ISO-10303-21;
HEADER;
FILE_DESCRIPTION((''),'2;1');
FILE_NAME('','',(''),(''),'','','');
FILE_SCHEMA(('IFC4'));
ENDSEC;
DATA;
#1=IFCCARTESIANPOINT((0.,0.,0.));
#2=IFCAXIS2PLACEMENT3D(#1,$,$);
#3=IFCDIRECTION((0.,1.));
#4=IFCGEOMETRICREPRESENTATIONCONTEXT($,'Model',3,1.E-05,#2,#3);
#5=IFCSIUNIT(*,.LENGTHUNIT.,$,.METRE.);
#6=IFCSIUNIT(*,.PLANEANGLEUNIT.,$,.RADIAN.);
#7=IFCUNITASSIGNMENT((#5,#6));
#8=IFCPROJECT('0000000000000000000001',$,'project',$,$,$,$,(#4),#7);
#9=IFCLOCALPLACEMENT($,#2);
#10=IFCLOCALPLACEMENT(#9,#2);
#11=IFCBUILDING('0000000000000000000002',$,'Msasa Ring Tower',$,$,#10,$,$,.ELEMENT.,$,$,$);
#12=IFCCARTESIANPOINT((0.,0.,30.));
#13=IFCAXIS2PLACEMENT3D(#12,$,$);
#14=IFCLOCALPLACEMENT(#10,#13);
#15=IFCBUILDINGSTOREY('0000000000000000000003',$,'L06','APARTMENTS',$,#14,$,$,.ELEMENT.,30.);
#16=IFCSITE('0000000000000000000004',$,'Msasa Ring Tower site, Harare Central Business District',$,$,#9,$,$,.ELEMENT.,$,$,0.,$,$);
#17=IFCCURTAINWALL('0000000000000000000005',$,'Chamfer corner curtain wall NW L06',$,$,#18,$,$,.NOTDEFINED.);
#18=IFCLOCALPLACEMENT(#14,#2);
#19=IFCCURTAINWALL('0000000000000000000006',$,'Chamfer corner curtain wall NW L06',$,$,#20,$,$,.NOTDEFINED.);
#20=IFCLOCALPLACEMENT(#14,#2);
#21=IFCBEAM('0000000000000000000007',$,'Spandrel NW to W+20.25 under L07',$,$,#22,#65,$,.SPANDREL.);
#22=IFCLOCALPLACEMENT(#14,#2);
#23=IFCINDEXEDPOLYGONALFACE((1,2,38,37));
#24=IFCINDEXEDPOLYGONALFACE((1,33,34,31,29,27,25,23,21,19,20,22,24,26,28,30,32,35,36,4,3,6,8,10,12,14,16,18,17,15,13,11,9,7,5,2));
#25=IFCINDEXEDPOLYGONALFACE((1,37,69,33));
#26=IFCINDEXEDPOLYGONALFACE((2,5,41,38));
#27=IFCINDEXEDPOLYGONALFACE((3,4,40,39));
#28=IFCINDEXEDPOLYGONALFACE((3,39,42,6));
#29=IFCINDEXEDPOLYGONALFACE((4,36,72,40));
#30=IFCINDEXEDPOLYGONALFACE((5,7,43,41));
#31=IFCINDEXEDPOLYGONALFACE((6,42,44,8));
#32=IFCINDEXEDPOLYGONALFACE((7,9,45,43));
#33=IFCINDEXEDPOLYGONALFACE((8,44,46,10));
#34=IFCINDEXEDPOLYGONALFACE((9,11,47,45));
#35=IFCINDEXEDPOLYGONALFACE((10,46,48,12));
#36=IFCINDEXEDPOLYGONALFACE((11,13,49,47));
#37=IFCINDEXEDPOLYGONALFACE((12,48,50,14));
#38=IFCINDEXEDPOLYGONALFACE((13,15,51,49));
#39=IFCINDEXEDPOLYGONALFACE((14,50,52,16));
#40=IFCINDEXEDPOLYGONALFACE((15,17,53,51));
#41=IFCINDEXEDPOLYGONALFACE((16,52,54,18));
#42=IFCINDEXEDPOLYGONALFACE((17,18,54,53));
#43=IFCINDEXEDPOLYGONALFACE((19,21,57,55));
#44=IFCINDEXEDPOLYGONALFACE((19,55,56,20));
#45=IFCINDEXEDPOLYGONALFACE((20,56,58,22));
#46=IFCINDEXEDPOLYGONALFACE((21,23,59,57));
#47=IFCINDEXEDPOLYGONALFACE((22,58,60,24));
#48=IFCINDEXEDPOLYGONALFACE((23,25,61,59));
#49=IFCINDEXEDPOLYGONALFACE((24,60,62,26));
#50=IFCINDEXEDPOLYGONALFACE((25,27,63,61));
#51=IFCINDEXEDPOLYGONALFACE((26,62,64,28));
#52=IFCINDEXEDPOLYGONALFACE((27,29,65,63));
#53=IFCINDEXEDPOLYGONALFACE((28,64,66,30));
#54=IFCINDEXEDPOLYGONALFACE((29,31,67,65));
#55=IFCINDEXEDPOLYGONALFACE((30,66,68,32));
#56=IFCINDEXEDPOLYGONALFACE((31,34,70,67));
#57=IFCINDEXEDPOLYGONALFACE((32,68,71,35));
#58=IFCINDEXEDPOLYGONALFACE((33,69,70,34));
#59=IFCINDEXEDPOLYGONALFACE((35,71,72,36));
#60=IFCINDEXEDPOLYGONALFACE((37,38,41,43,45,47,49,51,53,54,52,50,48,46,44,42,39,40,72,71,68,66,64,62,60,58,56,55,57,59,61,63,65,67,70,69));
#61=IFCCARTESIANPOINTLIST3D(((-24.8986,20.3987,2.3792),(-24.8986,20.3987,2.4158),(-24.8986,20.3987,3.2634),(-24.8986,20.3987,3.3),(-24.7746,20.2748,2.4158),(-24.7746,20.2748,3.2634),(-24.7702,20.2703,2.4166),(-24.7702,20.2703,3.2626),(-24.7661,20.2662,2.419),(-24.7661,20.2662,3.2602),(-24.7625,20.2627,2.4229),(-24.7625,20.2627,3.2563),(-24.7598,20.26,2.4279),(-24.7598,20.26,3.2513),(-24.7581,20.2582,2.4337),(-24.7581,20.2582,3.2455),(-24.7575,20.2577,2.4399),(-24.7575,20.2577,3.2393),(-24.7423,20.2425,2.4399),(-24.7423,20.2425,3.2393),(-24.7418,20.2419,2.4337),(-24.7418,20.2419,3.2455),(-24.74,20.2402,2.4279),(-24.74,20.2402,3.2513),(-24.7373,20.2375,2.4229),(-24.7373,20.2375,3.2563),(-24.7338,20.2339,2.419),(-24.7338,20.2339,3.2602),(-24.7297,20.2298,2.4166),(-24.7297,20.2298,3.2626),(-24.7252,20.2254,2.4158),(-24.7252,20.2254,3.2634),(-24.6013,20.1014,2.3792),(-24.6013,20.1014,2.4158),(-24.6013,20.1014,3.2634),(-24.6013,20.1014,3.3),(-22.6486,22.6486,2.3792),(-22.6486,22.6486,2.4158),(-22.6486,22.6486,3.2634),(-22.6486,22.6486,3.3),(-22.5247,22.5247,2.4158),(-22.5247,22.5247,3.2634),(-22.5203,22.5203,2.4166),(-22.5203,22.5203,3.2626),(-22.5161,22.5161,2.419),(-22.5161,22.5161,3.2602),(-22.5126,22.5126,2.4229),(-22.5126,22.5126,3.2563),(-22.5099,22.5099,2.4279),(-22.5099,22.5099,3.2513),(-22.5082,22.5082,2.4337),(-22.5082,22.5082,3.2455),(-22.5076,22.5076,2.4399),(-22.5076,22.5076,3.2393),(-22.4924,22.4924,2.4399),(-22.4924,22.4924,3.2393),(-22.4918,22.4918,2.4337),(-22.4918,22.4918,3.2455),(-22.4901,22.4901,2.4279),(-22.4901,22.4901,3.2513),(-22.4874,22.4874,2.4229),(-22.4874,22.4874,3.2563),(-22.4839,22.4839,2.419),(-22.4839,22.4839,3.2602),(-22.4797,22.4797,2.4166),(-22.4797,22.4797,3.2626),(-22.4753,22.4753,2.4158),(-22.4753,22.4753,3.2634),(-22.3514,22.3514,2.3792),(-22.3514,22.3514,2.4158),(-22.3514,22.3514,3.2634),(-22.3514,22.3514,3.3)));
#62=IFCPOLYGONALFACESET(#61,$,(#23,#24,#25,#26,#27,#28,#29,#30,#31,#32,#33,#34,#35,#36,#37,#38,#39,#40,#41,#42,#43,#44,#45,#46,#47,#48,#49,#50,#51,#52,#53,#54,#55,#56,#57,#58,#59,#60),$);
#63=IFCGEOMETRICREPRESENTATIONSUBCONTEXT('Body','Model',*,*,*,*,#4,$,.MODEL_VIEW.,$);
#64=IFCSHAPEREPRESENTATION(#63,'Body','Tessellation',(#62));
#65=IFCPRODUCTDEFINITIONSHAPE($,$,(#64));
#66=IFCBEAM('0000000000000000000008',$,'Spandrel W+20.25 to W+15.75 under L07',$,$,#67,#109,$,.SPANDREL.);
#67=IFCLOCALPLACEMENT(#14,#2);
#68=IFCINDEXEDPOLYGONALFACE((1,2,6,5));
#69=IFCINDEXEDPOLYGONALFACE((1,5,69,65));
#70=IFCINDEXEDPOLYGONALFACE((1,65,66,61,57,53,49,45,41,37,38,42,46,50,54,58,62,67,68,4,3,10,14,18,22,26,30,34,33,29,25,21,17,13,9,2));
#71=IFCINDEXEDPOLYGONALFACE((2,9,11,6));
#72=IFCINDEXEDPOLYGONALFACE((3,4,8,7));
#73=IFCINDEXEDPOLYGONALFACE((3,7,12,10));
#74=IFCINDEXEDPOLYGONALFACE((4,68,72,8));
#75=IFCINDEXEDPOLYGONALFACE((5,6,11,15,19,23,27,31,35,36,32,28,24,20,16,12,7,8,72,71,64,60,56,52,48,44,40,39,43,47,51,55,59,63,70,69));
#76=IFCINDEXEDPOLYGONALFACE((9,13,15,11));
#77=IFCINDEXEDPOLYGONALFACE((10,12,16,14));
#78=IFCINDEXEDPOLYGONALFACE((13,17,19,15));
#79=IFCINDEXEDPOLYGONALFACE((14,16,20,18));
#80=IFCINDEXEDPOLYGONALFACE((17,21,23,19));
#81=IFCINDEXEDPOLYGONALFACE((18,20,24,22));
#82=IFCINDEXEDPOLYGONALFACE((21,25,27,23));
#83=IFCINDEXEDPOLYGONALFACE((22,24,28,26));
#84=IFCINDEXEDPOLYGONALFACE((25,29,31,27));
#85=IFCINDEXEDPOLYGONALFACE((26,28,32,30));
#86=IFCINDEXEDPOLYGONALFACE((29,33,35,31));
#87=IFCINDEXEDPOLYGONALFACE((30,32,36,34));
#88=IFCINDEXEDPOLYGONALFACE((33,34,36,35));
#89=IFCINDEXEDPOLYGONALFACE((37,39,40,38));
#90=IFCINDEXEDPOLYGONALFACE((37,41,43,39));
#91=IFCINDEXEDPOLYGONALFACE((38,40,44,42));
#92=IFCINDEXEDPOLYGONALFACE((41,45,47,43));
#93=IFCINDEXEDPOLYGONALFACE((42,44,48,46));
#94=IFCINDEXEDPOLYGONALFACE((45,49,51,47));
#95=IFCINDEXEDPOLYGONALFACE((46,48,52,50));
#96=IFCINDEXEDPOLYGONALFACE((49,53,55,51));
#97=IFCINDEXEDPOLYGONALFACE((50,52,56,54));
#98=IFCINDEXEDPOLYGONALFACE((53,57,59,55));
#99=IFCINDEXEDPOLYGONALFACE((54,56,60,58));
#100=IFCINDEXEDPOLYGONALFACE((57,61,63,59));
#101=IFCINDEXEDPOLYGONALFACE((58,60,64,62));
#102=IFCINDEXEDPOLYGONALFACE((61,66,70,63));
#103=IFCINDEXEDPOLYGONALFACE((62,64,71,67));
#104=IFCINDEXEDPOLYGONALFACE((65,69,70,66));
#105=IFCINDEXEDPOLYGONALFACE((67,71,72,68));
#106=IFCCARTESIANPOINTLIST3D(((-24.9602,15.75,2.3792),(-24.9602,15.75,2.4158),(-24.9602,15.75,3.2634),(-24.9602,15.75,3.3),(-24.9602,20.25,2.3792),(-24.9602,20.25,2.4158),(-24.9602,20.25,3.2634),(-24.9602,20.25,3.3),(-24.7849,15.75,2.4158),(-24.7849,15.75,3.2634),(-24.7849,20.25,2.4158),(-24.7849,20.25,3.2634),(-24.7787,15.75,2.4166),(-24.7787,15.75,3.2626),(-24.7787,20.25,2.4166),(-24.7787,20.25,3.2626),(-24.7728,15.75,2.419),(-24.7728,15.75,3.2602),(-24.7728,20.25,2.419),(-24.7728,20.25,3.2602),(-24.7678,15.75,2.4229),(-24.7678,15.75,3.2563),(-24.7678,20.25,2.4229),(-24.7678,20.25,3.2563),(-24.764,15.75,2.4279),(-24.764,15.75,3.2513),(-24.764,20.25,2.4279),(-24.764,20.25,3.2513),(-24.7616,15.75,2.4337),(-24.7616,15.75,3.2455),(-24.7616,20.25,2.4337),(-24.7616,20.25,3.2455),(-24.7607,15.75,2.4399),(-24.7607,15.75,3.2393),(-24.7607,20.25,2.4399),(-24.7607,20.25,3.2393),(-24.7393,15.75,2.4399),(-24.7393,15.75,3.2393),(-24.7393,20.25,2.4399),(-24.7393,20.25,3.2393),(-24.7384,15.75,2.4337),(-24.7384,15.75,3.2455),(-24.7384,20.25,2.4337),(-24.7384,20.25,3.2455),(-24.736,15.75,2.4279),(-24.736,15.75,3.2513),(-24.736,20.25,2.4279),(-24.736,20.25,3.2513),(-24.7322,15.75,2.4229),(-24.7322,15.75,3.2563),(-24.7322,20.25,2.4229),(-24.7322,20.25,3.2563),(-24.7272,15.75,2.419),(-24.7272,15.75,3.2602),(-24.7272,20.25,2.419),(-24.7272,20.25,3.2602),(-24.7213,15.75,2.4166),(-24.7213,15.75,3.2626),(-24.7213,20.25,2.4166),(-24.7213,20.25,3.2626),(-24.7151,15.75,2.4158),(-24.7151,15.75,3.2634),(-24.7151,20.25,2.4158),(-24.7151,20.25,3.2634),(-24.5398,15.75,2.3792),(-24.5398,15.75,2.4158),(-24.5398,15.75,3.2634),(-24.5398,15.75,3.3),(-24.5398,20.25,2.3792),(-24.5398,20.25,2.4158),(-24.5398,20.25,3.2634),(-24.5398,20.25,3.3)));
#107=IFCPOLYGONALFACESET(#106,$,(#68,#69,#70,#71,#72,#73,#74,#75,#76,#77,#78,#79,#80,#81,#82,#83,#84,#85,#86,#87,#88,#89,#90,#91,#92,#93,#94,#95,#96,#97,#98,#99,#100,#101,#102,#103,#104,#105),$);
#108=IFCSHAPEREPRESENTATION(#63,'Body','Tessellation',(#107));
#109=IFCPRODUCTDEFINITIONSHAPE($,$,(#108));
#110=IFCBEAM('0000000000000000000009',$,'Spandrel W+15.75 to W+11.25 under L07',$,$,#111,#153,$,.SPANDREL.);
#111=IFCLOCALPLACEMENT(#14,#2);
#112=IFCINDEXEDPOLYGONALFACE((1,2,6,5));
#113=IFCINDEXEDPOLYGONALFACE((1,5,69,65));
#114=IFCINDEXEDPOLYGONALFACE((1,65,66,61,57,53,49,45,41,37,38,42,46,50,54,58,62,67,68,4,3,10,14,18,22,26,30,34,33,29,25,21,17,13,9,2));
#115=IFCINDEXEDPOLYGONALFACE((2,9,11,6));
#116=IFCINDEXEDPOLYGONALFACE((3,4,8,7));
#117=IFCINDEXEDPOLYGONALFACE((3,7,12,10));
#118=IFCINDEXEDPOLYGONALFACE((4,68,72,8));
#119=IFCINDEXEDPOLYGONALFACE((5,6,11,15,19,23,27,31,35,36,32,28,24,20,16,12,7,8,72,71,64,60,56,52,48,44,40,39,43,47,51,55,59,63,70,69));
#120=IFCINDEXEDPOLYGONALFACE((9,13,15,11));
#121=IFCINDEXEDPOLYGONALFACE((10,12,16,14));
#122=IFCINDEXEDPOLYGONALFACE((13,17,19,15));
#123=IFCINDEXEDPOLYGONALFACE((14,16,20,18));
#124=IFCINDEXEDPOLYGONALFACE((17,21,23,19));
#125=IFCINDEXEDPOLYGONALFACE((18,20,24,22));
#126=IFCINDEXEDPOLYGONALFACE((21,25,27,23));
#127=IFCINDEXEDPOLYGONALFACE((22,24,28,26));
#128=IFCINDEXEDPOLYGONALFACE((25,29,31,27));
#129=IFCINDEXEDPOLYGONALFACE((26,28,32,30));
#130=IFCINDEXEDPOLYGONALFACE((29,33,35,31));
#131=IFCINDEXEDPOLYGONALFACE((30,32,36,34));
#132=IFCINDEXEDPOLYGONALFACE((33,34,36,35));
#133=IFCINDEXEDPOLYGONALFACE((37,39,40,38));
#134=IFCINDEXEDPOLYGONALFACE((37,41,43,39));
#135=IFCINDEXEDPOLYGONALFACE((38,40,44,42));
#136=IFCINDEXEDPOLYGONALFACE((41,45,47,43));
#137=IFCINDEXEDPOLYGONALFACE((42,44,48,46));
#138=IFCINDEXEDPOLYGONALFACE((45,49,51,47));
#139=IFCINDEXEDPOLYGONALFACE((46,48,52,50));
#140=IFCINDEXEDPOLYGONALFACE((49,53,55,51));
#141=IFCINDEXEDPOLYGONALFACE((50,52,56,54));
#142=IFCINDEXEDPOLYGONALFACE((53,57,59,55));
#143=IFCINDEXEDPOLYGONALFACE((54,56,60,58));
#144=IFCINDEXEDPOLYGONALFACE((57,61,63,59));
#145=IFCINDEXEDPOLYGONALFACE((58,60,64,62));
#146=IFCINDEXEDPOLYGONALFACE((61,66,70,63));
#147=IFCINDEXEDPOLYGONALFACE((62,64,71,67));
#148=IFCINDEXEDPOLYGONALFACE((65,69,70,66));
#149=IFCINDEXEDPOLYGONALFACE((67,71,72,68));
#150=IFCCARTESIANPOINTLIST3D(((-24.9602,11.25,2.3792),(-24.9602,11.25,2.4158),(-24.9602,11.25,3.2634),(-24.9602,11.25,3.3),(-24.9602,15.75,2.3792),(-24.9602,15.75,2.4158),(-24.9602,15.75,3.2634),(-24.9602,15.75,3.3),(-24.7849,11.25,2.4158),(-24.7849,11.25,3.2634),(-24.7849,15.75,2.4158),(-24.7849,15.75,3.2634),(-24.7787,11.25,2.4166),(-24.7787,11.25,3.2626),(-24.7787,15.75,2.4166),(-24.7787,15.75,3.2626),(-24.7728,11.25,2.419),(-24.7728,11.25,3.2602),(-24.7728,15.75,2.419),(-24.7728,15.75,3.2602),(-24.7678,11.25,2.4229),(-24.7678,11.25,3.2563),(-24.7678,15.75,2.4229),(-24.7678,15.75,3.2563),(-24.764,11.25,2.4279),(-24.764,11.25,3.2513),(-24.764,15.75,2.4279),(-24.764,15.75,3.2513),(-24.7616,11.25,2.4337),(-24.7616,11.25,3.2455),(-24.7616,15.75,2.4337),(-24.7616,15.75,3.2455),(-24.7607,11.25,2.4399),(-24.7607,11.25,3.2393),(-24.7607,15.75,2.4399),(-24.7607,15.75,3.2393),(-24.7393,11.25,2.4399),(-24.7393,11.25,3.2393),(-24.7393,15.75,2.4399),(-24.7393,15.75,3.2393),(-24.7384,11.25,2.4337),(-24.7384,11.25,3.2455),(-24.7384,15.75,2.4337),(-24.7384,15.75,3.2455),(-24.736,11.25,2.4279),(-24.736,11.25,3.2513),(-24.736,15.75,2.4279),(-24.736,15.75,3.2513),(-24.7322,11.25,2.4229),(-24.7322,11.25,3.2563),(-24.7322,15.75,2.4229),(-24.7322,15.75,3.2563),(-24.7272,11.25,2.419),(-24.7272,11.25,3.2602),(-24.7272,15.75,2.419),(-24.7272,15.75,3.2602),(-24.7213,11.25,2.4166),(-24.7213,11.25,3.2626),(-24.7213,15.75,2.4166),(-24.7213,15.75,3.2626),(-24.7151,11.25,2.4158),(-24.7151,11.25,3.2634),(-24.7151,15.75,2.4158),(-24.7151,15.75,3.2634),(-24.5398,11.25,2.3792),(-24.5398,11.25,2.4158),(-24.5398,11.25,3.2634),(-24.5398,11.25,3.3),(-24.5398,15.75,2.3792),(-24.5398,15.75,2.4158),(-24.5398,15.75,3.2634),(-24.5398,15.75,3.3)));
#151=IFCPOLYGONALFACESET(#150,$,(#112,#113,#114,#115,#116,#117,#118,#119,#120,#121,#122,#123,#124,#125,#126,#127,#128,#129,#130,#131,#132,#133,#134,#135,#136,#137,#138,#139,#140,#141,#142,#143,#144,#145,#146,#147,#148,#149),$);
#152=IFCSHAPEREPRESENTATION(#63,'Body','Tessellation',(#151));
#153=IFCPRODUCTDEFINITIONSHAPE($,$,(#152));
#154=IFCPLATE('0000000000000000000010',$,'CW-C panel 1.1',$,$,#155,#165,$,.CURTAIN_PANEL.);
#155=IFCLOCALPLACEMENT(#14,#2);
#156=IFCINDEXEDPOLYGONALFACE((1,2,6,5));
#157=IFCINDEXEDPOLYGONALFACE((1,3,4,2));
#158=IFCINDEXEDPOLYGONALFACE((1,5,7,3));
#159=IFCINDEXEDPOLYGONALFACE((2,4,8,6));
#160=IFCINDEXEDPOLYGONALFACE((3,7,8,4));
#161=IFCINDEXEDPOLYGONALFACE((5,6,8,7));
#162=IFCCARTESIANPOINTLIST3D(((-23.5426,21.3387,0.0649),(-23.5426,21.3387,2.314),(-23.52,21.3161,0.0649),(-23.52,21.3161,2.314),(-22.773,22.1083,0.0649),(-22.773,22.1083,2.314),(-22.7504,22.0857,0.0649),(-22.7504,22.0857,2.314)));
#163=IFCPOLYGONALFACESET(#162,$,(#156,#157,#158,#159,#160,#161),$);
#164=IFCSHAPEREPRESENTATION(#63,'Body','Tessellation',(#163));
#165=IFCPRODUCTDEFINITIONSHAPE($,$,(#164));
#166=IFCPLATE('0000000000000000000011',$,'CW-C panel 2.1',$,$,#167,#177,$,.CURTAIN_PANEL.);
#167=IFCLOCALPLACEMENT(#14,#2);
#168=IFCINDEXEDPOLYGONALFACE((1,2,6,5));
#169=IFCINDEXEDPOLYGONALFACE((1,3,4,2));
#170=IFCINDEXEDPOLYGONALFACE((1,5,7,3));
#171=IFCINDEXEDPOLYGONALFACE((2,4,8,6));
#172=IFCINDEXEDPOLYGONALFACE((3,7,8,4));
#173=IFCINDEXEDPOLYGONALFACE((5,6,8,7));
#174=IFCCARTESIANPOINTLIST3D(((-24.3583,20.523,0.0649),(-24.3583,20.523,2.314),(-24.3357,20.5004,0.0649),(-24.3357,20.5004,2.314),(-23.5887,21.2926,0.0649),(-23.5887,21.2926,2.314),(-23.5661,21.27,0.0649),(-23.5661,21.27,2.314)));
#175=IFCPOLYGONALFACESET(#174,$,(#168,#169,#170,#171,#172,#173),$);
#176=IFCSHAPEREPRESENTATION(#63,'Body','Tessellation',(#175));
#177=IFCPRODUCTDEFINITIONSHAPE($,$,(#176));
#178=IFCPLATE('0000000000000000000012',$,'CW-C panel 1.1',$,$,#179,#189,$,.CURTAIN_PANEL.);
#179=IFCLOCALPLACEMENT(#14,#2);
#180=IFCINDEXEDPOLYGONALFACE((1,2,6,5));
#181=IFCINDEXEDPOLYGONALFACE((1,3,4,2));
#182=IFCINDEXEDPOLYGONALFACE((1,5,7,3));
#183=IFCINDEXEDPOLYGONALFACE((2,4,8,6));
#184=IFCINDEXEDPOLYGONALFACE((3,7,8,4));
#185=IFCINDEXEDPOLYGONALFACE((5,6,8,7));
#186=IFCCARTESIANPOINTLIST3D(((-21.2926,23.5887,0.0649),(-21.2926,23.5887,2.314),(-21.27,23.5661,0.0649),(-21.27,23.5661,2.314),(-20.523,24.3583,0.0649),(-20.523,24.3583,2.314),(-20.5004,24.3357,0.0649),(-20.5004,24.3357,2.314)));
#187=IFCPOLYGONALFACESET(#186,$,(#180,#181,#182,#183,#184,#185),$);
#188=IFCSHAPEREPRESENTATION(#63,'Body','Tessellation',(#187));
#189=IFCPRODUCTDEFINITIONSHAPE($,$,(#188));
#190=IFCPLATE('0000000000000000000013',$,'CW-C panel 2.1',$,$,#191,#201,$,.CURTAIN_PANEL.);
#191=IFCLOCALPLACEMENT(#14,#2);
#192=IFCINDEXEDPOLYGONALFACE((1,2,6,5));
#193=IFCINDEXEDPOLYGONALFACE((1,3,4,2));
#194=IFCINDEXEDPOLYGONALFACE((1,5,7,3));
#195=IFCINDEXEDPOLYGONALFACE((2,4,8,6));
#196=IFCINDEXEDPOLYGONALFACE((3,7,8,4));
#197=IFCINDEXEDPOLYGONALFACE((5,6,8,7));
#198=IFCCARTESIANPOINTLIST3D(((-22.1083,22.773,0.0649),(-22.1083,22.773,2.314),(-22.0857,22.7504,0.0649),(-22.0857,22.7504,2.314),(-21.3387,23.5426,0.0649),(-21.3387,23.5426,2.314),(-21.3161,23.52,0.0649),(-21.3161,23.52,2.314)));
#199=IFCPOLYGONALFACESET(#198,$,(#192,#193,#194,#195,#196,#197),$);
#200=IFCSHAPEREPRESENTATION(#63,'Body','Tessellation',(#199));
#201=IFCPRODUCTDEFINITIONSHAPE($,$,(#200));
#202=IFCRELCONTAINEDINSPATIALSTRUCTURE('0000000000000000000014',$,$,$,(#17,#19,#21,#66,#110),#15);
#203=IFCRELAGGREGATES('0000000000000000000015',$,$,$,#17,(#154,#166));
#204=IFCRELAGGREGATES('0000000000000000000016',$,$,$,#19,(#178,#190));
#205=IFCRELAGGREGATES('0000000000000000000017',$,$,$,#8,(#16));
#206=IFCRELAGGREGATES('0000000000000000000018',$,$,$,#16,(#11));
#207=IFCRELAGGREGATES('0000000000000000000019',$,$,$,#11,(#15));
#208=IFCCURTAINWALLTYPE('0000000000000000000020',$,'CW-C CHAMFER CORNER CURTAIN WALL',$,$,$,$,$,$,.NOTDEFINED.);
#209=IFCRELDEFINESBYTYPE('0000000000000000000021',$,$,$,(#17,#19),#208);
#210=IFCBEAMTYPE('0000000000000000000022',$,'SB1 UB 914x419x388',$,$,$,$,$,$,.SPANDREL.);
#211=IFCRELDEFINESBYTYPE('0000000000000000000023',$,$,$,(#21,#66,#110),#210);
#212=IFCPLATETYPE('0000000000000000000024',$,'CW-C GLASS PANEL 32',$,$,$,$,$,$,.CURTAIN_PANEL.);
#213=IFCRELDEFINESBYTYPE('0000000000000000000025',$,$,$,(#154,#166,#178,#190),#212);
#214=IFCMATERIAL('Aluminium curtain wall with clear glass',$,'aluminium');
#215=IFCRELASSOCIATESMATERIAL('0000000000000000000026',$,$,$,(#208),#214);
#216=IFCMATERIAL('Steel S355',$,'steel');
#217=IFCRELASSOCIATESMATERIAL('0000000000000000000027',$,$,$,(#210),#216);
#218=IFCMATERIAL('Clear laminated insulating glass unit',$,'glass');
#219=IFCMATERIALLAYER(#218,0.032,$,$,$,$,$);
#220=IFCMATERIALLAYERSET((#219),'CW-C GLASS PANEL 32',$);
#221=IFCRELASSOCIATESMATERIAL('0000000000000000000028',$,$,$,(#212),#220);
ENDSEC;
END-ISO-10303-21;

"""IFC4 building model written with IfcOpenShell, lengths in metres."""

from ifc_helpers import new_model, si_unit, direction, frame, origin, origin_2d, place, context, subcontext, project, spatial, rectangle, i_section, extrude, material, layer, layer_set, material_profile, profile_set, type_object, element, aggregate, save


model = new_model("IFC4")

# Units and contexts
model_context = context("Model", 3, precision=1e-05, world=origin(), true_north=direction((0.0, 1.0)))
body_context = subcontext(model_context, "Body", "Model", "MODEL_VIEW")
ifc_project = project(units=[si_unit("LENGTHUNIT", "METRE"), si_unit("PLANEANGLEUNIT", "RADIAN")], contexts=[model_context])

# Site, building, storey
site_placement = place(None, origin())
site = spatial("IfcSite", under=ifc_project, at=site_placement, Name="Msasa Ring Tower site, Harare Central Business District", CompositionType="ELEMENT", RefElevation=0.0)
building_placement = place(site_placement, origin())
building = spatial("IfcBuilding", under=site, at=building_placement, Name="Msasa Ring Tower", CompositionType="ELEMENT")
storey_placement = place(building_placement, frame((0.0, 0.0, 30.0)))
storey = spatial("IfcBuildingStorey", under=building, at=storey_placement, Name="L06", Description="APARTMENTS", CompositionType="ELEMENT", Elevation=30.0)

# Curtain walls
ifc_material_1 = material(Name="Aluminium curtain wall with clear glass", Category="aluminium")
curtain_wall_type = type_object("IfcCurtainWallType", Name="CW-C CHAMFER CORNER CURTAIN WALL", PredefinedType="NOTDEFINED", material=ifc_material_1)
curtain_wall_1_placement = place(storey_placement, origin())
curtain_wall_1 = element("IfcCurtainWall", 1, at=curtain_wall_1_placement, inside=storey, type_object=curtain_wall_type, Name="Chamfer corner curtain wall NW L06", PredefinedType="NOTDEFINED")
curtain_wall_2_placement = place(storey_placement, origin())
curtain_wall_2 = element("IfcCurtainWall", 2, at=curtain_wall_2_placement, inside=storey, type_object=curtain_wall_type, Name="Chamfer corner curtain wall NW L06", PredefinedType="NOTDEFINED")

# Beams
ifc_material_2 = material(Name="Steel S355", Category="steel")
ifc_material_profile_1 = material_profile(ifc_material_2, i_section(OverallWidth=0.4204, OverallDepth=0.9209, WebThickness=0.0215, FlangeThickness=0.0366, FilletRadius=0.0242, at=origin_2d()), Name="UB 914x419x388")
ifc_profile_set_1 = profile_set([ifc_material_profile_1], Name="Steel S355")
beam_type_1 = type_object("IfcBeamType", Name="SB1 UB 914x419x388", PredefinedType="SPANDREL", material=ifc_profile_set_1)
for number, where, z_axis, x_axis, name in (
    (3, (-22.5, 22.5, 2.8396), (-0.707107, -0.707107, 0.0), (0.707107, -0.707107, 0.0), "Spandrel NW to W+20.25 under L07"),
):
    element("IfcBeam", number, at=place(storey_placement, frame(where, z_axis=z_axis, x_axis=x_axis)), inside=storey, type_object=beam_type_1, Name=name, PredefinedType="SPANDREL", context=body_context, shape_type="SweptSolid", body=[
        extrude(i_section(OverallWidth=0.4204, OverallDepth=0.9209, WebThickness=0.0215, FlangeThickness=0.0366, FilletRadius=0.0242, at=origin_2d()), origin(), (0.0, 0.0, 1.0), 3.1819),
    ])
for number, where, z_axis, x_axis, name in (
    (4, (-24.75, 20.25, 2.8396), (0.0, -1.0, 0.0), (1.0, 0.0, 0.0), "Spandrel W+20.25 to W+15.75 under L07"),
    (5, (-24.75, 15.75, 2.8396), (0.0, -1.0, 0.0), (1.0, 0.0, 0.0), "Spandrel W+15.75 to W+11.25 under L07"),
):
    element("IfcBeam", number, at=place(storey_placement, frame(where, z_axis=z_axis, x_axis=x_axis)), inside=storey, type_object=beam_type_1, Name=name, PredefinedType="SPANDREL", context=body_context, shape_type="SweptSolid", body=[
        extrude(i_section(OverallWidth=0.4204, OverallDepth=0.9209, WebThickness=0.0215, FlangeThickness=0.0366, FilletRadius=0.0242, at=origin_2d()), origin(), (0.0, 0.0, 1.0), 4.5),
    ])

# Plates
ifc_material_3 = material(Name="Clear laminated insulating glass unit", Category="glass")
ifc_layer_1 = layer(ifc_material_3, 0.032)
ifc_layer_set_1 = layer_set([ifc_layer_1], Name="CW-C GLASS PANEL 32")
plate_type = type_object("IfcPlateType", Name="CW-C GLASS PANEL 32", PredefinedType="CURTAIN_PANEL", material=ifc_layer_set_1)
plate_1_placement = place(storey_placement, frame((-23.1465, 21.7122, 0.0649), z_axis=(0.0, 0.0, 1.0), x_axis=(-0.707107, -0.707107, 0.0)))
plate_1 = element("IfcPlate", 6, at=plate_1_placement, type_object=plate_type, Name="CW-C panel 1.1", PredefinedType="CURTAIN_PANEL", context=body_context, shape_type="SweptSolid", body=[
    extrude(rectangle(XDim=1.0884, YDim=0.032, at=origin_2d()), origin(), (0.0, 0.0, 1.0), 2.249),
])
plate_2_placement = place(storey_placement, frame((-23.9622, 20.8965, 0.0649), z_axis=(0.0, 0.0, 1.0), x_axis=(-0.707107, -0.707107, 0.0)))
plate_2 = element("IfcPlate", 7, at=plate_2_placement, type_object=plate_type, Name="CW-C panel 2.1", PredefinedType="CURTAIN_PANEL", context=body_context, shape_type="SweptSolid", body=[
    extrude(rectangle(XDim=1.0884, YDim=0.032, at=origin_2d()), origin(), (0.0, 0.0, 1.0), 2.249),
])
aggregate(curtain_wall_1, [plate_1, plate_2])
plate_3_placement = place(storey_placement, frame((-20.8965, 23.9622, 0.0649), z_axis=(0.0, 0.0, 1.0), x_axis=(-0.707107, -0.707107, 0.0)))
plate_3 = element("IfcPlate", 8, at=plate_3_placement, type_object=plate_type, Name="CW-C panel 1.1", PredefinedType="CURTAIN_PANEL", context=body_context, shape_type="SweptSolid", body=[
    extrude(rectangle(XDim=1.0884, YDim=0.032, at=origin_2d()), origin(), (0.0, 0.0, 1.0), 2.249),
])
plate_4_placement = place(storey_placement, frame((-21.7122, 23.1465, 0.0649), z_axis=(0.0, 0.0, 1.0), x_axis=(-0.707107, -0.707107, 0.0)))
plate_4 = element("IfcPlate", 9, at=plate_4_placement, type_object=plate_type, Name="CW-C panel 2.1", PredefinedType="CURTAIN_PANEL", context=body_context, shape_type="SweptSolid", body=[
    extrude(rectangle(XDim=1.0884, YDim=0.032, at=origin_2d()), origin(), (0.0, 0.0, 1.0), 2.249),
])
aggregate(curtain_wall_2, [plate_3, plate_4])

save(model, "model.ifc")
